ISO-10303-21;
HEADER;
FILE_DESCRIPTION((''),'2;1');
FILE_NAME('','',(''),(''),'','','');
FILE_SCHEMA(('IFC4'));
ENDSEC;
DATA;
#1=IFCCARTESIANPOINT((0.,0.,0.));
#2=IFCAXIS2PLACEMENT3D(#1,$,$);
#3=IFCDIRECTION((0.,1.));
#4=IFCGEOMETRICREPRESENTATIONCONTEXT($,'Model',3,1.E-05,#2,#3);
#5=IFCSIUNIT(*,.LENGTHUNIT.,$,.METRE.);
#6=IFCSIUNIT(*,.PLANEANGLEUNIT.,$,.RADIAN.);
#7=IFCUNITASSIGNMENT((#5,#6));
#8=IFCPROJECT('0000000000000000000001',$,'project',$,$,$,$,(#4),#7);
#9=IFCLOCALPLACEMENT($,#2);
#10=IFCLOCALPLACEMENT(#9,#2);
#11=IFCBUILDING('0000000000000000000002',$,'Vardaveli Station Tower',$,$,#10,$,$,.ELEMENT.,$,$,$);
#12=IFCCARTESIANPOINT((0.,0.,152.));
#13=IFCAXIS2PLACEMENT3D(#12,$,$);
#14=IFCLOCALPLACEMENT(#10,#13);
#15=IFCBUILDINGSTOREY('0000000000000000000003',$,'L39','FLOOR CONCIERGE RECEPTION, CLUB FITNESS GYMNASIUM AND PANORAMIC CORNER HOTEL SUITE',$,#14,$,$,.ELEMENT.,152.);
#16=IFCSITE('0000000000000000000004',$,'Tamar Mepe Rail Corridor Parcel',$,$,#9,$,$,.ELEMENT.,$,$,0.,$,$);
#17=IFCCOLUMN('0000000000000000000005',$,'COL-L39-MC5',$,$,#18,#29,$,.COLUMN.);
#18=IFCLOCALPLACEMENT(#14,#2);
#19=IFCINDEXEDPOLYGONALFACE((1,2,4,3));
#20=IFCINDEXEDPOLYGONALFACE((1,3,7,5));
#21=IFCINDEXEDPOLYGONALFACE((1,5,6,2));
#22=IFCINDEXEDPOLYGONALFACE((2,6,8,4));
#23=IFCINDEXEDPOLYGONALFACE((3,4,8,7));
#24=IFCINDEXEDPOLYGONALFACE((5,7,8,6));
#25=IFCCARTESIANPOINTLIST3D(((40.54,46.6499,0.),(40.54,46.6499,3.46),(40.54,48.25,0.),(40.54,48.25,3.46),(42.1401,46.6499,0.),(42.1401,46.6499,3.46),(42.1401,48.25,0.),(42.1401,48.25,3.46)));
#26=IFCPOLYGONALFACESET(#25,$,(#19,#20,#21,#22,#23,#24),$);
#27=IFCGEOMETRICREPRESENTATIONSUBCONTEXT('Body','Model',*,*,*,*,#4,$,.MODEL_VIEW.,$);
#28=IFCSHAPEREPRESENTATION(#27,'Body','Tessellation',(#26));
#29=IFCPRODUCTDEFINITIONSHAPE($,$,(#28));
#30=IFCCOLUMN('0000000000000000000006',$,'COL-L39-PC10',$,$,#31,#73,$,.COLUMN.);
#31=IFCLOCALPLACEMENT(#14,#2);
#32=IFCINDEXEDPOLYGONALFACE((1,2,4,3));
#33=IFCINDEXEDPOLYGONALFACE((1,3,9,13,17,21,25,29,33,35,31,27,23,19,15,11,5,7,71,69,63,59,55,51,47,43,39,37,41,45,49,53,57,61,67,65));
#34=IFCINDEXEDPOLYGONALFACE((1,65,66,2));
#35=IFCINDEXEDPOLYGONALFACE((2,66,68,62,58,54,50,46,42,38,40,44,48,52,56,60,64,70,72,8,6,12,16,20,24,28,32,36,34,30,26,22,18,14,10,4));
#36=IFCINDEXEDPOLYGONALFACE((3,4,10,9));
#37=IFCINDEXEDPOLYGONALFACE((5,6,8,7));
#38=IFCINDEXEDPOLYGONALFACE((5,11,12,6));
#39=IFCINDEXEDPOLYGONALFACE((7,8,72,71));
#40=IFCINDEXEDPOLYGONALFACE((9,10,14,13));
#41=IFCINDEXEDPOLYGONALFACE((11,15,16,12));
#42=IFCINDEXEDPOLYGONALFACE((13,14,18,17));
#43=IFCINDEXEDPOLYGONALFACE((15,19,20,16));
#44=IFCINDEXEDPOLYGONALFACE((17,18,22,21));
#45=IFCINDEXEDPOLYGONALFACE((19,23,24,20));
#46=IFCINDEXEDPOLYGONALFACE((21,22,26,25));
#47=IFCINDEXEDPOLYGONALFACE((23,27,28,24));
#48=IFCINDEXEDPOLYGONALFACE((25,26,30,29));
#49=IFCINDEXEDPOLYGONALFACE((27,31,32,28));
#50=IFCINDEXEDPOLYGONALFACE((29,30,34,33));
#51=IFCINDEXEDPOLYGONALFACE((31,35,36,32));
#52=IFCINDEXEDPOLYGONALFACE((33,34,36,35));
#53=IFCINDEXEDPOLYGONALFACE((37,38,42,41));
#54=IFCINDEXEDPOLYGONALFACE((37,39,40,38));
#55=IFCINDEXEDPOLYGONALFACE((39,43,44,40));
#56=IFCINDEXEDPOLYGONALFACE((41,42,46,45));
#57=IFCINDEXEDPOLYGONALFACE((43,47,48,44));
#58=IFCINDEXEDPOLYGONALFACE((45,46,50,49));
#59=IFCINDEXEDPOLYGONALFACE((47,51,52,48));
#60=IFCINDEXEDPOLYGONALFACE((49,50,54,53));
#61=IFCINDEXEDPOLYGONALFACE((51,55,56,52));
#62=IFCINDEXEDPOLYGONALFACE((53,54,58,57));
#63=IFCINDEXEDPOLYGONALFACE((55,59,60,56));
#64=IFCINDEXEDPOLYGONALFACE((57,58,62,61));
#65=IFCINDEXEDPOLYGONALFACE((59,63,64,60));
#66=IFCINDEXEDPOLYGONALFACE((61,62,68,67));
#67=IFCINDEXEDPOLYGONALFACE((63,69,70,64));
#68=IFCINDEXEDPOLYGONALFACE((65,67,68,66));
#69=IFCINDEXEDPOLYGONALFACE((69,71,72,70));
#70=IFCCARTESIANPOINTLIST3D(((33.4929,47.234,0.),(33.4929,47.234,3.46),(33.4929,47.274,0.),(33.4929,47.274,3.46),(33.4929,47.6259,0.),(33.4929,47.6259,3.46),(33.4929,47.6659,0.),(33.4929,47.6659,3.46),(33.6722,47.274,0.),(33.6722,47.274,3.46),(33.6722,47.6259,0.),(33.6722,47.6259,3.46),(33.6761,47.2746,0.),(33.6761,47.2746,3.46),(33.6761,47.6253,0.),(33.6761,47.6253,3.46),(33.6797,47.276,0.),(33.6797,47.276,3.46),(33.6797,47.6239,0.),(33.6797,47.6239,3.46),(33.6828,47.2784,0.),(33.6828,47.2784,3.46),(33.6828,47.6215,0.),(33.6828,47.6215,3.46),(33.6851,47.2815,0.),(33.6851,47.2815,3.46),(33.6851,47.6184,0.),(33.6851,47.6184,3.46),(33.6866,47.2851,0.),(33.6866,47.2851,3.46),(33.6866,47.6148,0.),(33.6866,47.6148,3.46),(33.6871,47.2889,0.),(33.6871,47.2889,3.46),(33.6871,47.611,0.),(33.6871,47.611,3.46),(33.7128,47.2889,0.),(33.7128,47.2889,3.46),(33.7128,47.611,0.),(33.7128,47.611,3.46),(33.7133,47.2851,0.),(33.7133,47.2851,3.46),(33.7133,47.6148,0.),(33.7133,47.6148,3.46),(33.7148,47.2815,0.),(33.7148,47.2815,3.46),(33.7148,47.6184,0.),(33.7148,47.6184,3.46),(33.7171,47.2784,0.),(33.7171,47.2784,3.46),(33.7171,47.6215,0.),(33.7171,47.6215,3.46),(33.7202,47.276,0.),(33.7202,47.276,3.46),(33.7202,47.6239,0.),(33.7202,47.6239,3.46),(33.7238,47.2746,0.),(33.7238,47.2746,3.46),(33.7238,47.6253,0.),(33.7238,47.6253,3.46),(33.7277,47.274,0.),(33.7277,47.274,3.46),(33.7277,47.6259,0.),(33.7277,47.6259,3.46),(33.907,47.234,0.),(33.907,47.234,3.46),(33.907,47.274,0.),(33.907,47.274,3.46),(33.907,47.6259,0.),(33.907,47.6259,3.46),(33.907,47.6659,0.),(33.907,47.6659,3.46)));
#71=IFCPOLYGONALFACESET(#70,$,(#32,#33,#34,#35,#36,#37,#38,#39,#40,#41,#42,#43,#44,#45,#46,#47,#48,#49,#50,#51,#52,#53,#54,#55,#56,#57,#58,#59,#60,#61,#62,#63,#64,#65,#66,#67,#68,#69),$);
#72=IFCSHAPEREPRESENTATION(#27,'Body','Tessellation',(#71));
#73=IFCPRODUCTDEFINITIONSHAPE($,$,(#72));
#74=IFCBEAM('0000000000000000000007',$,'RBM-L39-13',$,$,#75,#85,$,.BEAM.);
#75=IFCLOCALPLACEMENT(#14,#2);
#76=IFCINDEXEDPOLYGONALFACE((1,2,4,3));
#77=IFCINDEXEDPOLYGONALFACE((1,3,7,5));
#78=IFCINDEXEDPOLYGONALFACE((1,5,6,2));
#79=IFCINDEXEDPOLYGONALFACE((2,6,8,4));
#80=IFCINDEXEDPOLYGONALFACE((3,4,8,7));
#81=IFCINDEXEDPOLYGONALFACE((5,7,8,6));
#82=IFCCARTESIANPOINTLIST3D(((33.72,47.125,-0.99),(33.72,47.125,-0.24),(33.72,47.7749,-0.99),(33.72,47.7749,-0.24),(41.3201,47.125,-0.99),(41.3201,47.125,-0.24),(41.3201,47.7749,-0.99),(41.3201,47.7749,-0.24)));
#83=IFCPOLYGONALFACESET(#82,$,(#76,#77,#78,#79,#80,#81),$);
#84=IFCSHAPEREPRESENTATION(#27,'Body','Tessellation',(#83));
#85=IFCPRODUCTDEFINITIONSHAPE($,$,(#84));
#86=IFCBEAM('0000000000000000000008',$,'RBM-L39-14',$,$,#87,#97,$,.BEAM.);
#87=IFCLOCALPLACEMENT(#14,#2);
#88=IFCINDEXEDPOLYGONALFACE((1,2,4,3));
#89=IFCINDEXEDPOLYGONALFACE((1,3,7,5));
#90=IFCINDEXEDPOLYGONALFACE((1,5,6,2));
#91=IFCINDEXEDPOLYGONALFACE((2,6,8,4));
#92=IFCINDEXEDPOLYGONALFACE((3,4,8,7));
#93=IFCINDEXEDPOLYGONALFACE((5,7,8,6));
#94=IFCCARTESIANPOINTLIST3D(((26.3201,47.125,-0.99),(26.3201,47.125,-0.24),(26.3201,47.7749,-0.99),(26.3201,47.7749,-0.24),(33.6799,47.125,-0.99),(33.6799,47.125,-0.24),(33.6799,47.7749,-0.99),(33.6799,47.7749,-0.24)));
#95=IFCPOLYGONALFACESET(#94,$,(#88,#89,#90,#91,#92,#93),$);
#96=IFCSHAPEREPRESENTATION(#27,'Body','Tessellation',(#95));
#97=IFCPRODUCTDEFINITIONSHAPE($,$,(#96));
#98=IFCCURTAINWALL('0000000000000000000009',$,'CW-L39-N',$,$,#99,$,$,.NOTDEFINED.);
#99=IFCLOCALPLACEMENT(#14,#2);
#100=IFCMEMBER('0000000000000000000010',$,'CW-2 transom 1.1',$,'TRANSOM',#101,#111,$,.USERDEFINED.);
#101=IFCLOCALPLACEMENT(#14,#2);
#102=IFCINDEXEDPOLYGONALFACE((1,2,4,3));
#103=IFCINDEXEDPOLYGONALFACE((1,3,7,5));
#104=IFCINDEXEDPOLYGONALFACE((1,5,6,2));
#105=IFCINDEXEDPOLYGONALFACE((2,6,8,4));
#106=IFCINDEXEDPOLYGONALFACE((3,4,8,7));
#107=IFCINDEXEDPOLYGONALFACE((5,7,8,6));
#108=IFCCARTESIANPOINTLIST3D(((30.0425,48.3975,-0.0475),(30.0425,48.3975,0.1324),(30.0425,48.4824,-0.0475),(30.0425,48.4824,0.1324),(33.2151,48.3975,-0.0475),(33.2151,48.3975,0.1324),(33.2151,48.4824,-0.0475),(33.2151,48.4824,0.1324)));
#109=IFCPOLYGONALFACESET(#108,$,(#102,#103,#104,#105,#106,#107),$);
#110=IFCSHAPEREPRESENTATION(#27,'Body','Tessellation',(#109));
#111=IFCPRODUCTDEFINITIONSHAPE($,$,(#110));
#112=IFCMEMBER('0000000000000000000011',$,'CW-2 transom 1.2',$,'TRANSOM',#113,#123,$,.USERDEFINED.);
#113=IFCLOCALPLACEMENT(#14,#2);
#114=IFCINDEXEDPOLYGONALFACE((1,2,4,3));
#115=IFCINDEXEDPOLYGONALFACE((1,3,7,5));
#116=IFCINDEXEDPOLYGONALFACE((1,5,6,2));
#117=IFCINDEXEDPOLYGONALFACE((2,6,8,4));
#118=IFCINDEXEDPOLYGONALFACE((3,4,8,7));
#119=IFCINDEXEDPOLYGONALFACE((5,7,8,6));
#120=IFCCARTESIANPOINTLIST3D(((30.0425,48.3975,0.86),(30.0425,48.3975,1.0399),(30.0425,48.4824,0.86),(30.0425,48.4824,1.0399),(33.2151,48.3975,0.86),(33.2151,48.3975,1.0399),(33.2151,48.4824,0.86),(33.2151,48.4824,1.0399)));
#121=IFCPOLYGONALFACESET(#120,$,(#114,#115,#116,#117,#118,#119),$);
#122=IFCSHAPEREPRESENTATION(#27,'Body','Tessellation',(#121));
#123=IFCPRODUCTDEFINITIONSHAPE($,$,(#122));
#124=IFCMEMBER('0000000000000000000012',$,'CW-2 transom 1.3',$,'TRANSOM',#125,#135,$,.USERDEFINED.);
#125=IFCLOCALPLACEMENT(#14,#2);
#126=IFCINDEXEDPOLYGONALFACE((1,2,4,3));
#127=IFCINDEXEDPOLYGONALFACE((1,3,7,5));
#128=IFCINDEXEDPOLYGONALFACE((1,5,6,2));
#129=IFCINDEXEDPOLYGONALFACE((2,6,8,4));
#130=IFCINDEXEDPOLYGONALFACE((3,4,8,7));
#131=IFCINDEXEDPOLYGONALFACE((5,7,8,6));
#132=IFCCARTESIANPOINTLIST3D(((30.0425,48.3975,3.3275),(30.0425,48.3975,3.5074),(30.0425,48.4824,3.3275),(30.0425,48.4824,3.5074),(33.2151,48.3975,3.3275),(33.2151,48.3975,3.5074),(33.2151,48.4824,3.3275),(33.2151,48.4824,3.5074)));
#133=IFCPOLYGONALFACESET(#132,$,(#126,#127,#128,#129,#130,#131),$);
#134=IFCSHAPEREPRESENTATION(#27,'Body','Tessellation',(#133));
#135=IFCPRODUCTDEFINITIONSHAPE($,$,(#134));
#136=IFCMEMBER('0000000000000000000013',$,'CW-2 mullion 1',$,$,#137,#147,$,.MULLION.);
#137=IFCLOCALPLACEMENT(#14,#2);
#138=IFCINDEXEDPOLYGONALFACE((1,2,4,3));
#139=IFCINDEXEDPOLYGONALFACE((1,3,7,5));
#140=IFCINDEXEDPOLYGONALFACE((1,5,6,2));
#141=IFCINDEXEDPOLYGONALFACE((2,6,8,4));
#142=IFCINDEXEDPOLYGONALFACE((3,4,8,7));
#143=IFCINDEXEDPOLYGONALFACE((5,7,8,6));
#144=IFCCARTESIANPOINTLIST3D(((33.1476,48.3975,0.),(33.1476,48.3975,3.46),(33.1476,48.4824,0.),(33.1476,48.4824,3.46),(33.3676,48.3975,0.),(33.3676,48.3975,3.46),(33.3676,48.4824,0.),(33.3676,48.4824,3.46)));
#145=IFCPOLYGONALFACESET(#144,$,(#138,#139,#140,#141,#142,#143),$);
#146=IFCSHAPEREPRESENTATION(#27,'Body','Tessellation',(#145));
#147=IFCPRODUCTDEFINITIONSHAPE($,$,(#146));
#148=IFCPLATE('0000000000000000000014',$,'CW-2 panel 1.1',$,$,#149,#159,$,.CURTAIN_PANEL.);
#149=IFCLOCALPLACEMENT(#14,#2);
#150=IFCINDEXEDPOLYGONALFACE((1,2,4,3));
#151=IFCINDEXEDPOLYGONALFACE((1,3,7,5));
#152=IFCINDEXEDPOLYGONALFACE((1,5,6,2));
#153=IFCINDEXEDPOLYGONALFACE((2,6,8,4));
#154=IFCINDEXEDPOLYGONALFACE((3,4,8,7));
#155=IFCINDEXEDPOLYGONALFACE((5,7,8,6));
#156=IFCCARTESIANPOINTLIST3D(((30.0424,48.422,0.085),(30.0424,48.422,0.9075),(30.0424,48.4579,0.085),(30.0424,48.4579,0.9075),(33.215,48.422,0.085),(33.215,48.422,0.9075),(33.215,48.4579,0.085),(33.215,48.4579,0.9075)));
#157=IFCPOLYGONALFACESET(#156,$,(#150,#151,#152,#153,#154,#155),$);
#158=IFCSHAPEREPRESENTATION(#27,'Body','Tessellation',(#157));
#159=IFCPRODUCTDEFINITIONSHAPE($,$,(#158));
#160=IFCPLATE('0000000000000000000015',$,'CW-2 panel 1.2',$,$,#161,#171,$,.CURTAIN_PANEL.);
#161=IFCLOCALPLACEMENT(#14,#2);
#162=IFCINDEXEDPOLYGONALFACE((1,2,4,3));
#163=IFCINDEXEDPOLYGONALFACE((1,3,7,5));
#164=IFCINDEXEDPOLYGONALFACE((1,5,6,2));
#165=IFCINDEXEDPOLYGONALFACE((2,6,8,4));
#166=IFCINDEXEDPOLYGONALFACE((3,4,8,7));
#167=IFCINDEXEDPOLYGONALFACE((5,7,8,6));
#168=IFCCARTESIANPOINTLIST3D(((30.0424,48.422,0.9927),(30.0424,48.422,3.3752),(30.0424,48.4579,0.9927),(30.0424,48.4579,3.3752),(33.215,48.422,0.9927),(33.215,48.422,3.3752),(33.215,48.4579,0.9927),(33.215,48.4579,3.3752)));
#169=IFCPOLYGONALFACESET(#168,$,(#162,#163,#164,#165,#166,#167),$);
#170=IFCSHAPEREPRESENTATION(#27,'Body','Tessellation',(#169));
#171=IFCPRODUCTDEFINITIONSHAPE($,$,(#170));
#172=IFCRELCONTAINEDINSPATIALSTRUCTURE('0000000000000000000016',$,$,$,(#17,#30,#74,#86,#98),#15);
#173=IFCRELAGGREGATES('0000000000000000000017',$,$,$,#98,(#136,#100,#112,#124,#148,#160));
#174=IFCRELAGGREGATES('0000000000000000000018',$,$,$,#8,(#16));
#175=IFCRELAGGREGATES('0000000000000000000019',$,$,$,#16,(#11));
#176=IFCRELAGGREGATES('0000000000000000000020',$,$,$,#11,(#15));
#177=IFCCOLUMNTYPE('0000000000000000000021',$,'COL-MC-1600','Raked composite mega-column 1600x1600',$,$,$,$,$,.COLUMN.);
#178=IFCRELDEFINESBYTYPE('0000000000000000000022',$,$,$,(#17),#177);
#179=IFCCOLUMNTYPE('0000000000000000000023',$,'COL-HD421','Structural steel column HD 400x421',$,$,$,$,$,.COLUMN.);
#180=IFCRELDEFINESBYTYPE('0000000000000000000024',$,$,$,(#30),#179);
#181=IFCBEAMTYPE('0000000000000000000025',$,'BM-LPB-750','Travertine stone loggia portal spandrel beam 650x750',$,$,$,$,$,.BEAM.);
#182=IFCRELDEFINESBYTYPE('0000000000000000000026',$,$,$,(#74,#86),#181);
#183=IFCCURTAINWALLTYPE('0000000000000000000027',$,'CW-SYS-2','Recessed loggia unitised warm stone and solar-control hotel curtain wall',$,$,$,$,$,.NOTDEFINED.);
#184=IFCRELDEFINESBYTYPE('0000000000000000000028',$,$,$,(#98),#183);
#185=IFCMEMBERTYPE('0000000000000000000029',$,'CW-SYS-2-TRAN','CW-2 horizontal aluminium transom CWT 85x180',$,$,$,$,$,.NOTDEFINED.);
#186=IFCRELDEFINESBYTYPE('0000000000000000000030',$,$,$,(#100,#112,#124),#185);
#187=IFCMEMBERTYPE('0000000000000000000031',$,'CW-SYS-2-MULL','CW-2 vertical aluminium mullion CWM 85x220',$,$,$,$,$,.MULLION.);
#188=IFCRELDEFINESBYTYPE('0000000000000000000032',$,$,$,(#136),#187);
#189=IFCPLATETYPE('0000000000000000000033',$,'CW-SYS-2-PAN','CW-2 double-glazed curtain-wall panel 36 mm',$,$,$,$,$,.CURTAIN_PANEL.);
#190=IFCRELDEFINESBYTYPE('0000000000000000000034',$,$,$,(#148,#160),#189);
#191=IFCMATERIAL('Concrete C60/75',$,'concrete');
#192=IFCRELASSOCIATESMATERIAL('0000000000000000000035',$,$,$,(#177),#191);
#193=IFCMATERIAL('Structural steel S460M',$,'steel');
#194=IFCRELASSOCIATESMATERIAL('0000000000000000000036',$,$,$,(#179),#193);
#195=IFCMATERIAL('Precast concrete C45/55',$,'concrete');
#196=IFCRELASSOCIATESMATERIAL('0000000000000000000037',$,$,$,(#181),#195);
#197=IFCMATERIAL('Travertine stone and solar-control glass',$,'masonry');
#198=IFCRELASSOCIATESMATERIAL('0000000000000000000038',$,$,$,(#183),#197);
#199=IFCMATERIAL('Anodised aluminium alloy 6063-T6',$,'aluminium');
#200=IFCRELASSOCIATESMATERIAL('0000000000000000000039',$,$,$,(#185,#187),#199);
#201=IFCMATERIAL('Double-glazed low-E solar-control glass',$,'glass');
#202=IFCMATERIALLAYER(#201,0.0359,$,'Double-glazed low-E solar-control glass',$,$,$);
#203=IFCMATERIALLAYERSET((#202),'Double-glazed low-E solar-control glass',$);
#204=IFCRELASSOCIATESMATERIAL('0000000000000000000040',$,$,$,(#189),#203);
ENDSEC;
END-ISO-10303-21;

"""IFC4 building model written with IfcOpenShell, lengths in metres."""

from ifc_helpers import new_model, si_unit, direction, frame, origin, origin_2d, place, context, subcontext, project, spatial, rectangle, i_section, extrude, source, transform, mapped, material, layer, layer_set, material_profile, profile_set, type_object, element, aggregate, save


model = new_model("IFC4")

# Units and contexts
model_context = context("Model", 3, precision=1e-05, world=origin(), true_north=direction((0.0, 1.0)))
body_context = subcontext(model_context, "Body", "Model", "MODEL_VIEW")
ifc_project = project(units=[si_unit("LENGTHUNIT", "METRE"), si_unit("PLANEANGLEUNIT", "RADIAN")], contexts=[model_context])

# Site, building, storey
site_placement = place(None, origin())
site = spatial("IfcSite", under=ifc_project, at=site_placement, Name="Tamar Mepe Rail Corridor Parcel", CompositionType="ELEMENT", RefElevation=0.0)
building_placement = place(site_placement, origin())
building = spatial("IfcBuilding", under=site, at=building_placement, Name="Vardaveli Station Tower", CompositionType="ELEMENT")
storey_placement = place(building_placement, frame((0.0, 0.0, 152.0)))
storey = spatial("IfcBuildingStorey", under=building, at=storey_placement, Name="L39", Description="FLOOR CONCIERGE RECEPTION, CLUB FITNESS GYMNASIUM AND PANORAMIC CORNER HOTEL SUITE", CompositionType="ELEMENT", Elevation=152.0)

# Columns
ifc_material_1 = material(Name="Concrete C60/75", Category="concrete")
ifc_material_profile_1 = material_profile(ifc_material_1, rectangle(XDim=1.6001, YDim=1.6001, at=origin_2d()), Name="MC 1600x1600")
ifc_profile_set_1 = profile_set([ifc_material_profile_1], Name="Concrete C60/75")
column_type_1 = type_object("IfcColumnType", Name="COL-MC-1600", Description="Raked composite mega-column 1600x1600", PredefinedType="COLUMN", material=ifc_profile_set_1)
shared_shape_1 = source(origin(), body_context, "Body", "SweptSolid", [
    extrude(rectangle(XDim=1.6001, YDim=1.6001, at=origin_2d()), origin(), (0.0, 0.0, 1.0), 3.46),
])
column_1_placement = place(storey_placement, frame((41.3401, 47.45, 0.0), z_axis=(0.0, 0.0, 1.0), x_axis=(1.0, 0.0, 0.0)))
element("IfcColumn", 1, at=column_1_placement, inside=storey, type_object=column_type_1, Name="COL-L39-MC5", PredefinedType="COLUMN", context=body_context, shape_type="MappedRepresentation", body=[
    mapped(shared_shape_1, transform((0.0, 0.0, 0.0), scale=1.0)),
])
ifc_material_2 = material(Name="Structural steel S460M", Category="steel")
ifc_material_profile_2 = material_profile(ifc_material_2, i_section(OverallWidth=0.4141, OverallDepth=0.4319, WebThickness=0.0256, FlangeThickness=0.04, FilletRadius=0.0149, at=origin_2d()), Name="HD 400x421")
ifc_profile_set_2 = profile_set([ifc_material_profile_2], Name="Structural steel S460M")
column_type_2 = type_object("IfcColumnType", Name="COL-HD421", Description="Structural steel column HD 400x421", PredefinedType="COLUMN", material=ifc_profile_set_2)
shared_shape_2 = source(origin(), body_context, "Body", "SweptSolid", [
    extrude(i_section(OverallWidth=0.4141, OverallDepth=0.4319, WebThickness=0.0256, FlangeThickness=0.04, FilletRadius=0.0149, at=origin_2d()), origin(), (0.0, 0.0, 1.0), 3.46),
])
column_2_placement = place(storey_placement, frame((33.7, 47.45, 0.0), z_axis=(0.0, 0.0, 1.0), x_axis=(1.0, 0.0, 0.0)))
element("IfcColumn", 2, at=column_2_placement, inside=storey, type_object=column_type_2, Name="COL-L39-PC10", PredefinedType="COLUMN", context=body_context, shape_type="MappedRepresentation", body=[
    mapped(shared_shape_2, transform((0.0, 0.0, 0.0), scale=1.0)),
])

# Beams
ifc_material_3 = material(Name="Precast concrete C45/55", Category="concrete")
ifc_material_profile_3 = material_profile(ifc_material_3, rectangle(XDim=0.6499, YDim=0.75, at=origin_2d()), Name="LPB 650x750")
ifc_profile_set_3 = profile_set([ifc_material_profile_3], Name="Precast concrete C45/55")
beam_type = type_object("IfcBeamType", Name="BM-LPB-750", Description="Travertine stone loggia portal spandrel beam 650x750", PredefinedType="BEAM", material=ifc_profile_set_3)
shared_shape_3 = source(origin(), body_context, "Body", "SweptSolid", [
    extrude(rectangle(XDim=0.6499, YDim=0.75, at=origin_2d()), origin(), (0.0, 0.0, 1.0), 7.6001),
])
beam_1_placement = place(storey_placement, frame((41.3201, 47.45, -0.615), z_axis=(-1.0, 0.0, 0.0), x_axis=(0.0, -1.0, 0.0)))
element("IfcBeam", 3, at=beam_1_placement, inside=storey, type_object=beam_type, Name="RBM-L39-13", PredefinedType="BEAM", context=body_context, shape_type="MappedRepresentation", body=[
    mapped(shared_shape_3, transform((0.0, 0.0, 0.0), scale=1.0)),
])
shared_shape_4 = source(origin(), body_context, "Body", "SweptSolid", [
    extrude(rectangle(XDim=0.6499, YDim=0.75, at=origin_2d()), origin(), (0.0, 0.0, 1.0), 7.3599),
])
beam_2_placement = place(storey_placement, frame((33.6799, 47.45, -0.615), z_axis=(-1.0, 0.0, 0.0), x_axis=(0.0, -1.0, 0.0)))
element("IfcBeam", 4, at=beam_2_placement, inside=storey, type_object=beam_type, Name="RBM-L39-14", PredefinedType="BEAM", context=body_context, shape_type="MappedRepresentation", body=[
    mapped(shared_shape_4, transform((0.0, 0.0, 0.0), scale=1.0)),
])

# Curtain wall, members, plates
ifc_material_4 = material(Name="Travertine stone and solar-control glass", Category="masonry")
curtain_wall_type = type_object("IfcCurtainWallType", Name="CW-SYS-2", Description="Recessed loggia unitised warm stone and solar-control hotel curtain wall", PredefinedType="NOTDEFINED", material=ifc_material_4)
curtain_wall_placement = place(storey_placement, origin())
curtain_wall = element("IfcCurtainWall", 5, at=curtain_wall_placement, inside=storey, type_object=curtain_wall_type, Name="CW-L39-N", PredefinedType="NOTDEFINED")
ifc_material_5 = material(Name="Anodised aluminium alloy 6063-T6", Category="aluminium")
ifc_material_profile_4 = material_profile(ifc_material_5, rectangle(XDim=0.085, YDim=0.1799, at=origin_2d()), Name="CWT 85x180")
ifc_profile_set_4 = profile_set([ifc_material_profile_4], Name="Anodised aluminium alloy 6063-T6")
member_type_1 = type_object("IfcMemberType", Name="CW-SYS-2-TRAN", Description="CW-2 horizontal aluminium transom CWT 85x180", PredefinedType="NOTDEFINED", material=ifc_profile_set_4)
shared_shape_5 = source(origin(), body_context, "Body", "SweptSolid", [
    extrude(rectangle(XDim=0.085, YDim=0.1799, at=origin_2d()), origin(), (0.0, 0.0, 1.0), 3.1726),
])
member_1_placement = place(storey_placement, frame((33.2151, 48.4399, 0.0425), z_axis=(-1.0, 0.0, 0.0), x_axis=(0.0, -1.0, 0.0)))
member_1 = element("IfcMember", 6, at=member_1_placement, type_object=member_type_1, Name="CW-2 transom 1.1", ObjectType="TRANSOM", PredefinedType="USERDEFINED", context=body_context, shape_type="MappedRepresentation", body=[
    mapped(shared_shape_5, transform((0.0, 0.0, 0.0), scale=1.0)),
])
member_2_placement = place(storey_placement, frame((33.2151, 48.4399, 0.95), z_axis=(-1.0, 0.0, 0.0), x_axis=(0.0, -1.0, 0.0)))
member_2 = element("IfcMember", 7, at=member_2_placement, type_object=member_type_1, Name="CW-2 transom 1.2", ObjectType="TRANSOM", PredefinedType="USERDEFINED", context=body_context, shape_type="MappedRepresentation", body=[
    mapped(shared_shape_5, transform((0.0, 0.0, 0.0), scale=1.0)),
])
member_3_placement = place(storey_placement, frame((33.2151, 48.4399, 3.4175), z_axis=(-1.0, 0.0, 0.0), x_axis=(0.0, -1.0, 0.0)))
member_3 = element("IfcMember", 8, at=member_3_placement, type_object=member_type_1, Name="CW-2 transom 1.3", ObjectType="TRANSOM", PredefinedType="USERDEFINED", context=body_context, shape_type="MappedRepresentation", body=[
    mapped(shared_shape_5, transform((0.0, 0.0, 0.0), scale=1.0)),
])
ifc_material_profile_5 = material_profile(ifc_material_5, rectangle(XDim=0.085, YDim=0.22, at=origin_2d()), Name="CWM 85x220")
ifc_profile_set_5 = profile_set([ifc_material_profile_5], Name="Anodised aluminium alloy 6063-T6")
member_type_2 = type_object("IfcMemberType", Name="CW-SYS-2-MULL", Description="CW-2 vertical aluminium mullion CWM 85x220", PredefinedType="MULLION", material=ifc_profile_set_5)
shared_shape_6 = source(origin(), body_context, "Body", "SweptSolid", [
    extrude(rectangle(XDim=0.085, YDim=0.22, at=origin_2d()), origin(), (0.0, 0.0, 1.0), 3.46),
])
member_4_placement = place(storey_placement, frame((33.2576, 48.4399, 0.0), z_axis=(0.0, 0.0, 1.0), x_axis=(0.0, -1.0, 0.0)))
member_4 = element("IfcMember", 9, at=member_4_placement, type_object=member_type_2, Name="CW-2 mullion 1", PredefinedType="MULLION", context=body_context, shape_type="MappedRepresentation", body=[
    mapped(shared_shape_6, transform((0.0, 0.0, 0.0), scale=1.0)),
])
ifc_material_6 = material(Name="Double-glazed low-E solar-control glass", Category="glass")
ifc_layer_1 = layer(ifc_material_6, 0.0359, Name="Double-glazed low-E solar-control glass")
ifc_layer_set_1 = layer_set([ifc_layer_1], Name="Double-glazed low-E solar-control glass")
plate_type = type_object("IfcPlateType", Name="CW-SYS-2-PAN", Description="CW-2 double-glazed curtain-wall panel 36 mm", PredefinedType="CURTAIN_PANEL", material=ifc_layer_set_1)
shared_shape_7 = source(origin(), body_context, "Body", "SweptSolid", [
    extrude(rectangle(XDim=3.1726, YDim=0.0359, at=origin_2d()), origin(), (0.0, 0.0, 1.0), 0.8225),
])
plate_1_placement = place(storey_placement, frame((31.6287, 48.4399, 0.085), z_axis=(0.0, 0.0, 1.0), x_axis=(-1.0, 0.0, 0.0)))
plate_1 = element("IfcPlate", 10, at=plate_1_placement, type_object=plate_type, Name="CW-2 panel 1.1", PredefinedType="CURTAIN_PANEL", context=body_context, shape_type="MappedRepresentation", body=[
    mapped(shared_shape_7, transform((0.0, 0.0, 0.0), scale=1.0)),
])
shared_shape_8 = source(origin(), body_context, "Body", "SweptSolid", [
    extrude(rectangle(XDim=3.1726, YDim=0.0359, at=origin_2d()), origin(), (0.0, 0.0, 1.0), 2.3826),
])
plate_2_placement = place(storey_placement, frame((31.6287, 48.4399, 0.9927), z_axis=(0.0, 0.0, 1.0), x_axis=(-1.0, 0.0, 0.0)))
plate_2 = element("IfcPlate", 11, at=plate_2_placement, type_object=plate_type, Name="CW-2 panel 1.2", PredefinedType="CURTAIN_PANEL", context=body_context, shape_type="MappedRepresentation", body=[
    mapped(shared_shape_8, transform((0.0, 0.0, 0.0), scale=1.0)),
])
aggregate(curtain_wall, [member_4, member_1, member_2, member_3, plate_1, plate_2])

save(model, "model.ifc")
